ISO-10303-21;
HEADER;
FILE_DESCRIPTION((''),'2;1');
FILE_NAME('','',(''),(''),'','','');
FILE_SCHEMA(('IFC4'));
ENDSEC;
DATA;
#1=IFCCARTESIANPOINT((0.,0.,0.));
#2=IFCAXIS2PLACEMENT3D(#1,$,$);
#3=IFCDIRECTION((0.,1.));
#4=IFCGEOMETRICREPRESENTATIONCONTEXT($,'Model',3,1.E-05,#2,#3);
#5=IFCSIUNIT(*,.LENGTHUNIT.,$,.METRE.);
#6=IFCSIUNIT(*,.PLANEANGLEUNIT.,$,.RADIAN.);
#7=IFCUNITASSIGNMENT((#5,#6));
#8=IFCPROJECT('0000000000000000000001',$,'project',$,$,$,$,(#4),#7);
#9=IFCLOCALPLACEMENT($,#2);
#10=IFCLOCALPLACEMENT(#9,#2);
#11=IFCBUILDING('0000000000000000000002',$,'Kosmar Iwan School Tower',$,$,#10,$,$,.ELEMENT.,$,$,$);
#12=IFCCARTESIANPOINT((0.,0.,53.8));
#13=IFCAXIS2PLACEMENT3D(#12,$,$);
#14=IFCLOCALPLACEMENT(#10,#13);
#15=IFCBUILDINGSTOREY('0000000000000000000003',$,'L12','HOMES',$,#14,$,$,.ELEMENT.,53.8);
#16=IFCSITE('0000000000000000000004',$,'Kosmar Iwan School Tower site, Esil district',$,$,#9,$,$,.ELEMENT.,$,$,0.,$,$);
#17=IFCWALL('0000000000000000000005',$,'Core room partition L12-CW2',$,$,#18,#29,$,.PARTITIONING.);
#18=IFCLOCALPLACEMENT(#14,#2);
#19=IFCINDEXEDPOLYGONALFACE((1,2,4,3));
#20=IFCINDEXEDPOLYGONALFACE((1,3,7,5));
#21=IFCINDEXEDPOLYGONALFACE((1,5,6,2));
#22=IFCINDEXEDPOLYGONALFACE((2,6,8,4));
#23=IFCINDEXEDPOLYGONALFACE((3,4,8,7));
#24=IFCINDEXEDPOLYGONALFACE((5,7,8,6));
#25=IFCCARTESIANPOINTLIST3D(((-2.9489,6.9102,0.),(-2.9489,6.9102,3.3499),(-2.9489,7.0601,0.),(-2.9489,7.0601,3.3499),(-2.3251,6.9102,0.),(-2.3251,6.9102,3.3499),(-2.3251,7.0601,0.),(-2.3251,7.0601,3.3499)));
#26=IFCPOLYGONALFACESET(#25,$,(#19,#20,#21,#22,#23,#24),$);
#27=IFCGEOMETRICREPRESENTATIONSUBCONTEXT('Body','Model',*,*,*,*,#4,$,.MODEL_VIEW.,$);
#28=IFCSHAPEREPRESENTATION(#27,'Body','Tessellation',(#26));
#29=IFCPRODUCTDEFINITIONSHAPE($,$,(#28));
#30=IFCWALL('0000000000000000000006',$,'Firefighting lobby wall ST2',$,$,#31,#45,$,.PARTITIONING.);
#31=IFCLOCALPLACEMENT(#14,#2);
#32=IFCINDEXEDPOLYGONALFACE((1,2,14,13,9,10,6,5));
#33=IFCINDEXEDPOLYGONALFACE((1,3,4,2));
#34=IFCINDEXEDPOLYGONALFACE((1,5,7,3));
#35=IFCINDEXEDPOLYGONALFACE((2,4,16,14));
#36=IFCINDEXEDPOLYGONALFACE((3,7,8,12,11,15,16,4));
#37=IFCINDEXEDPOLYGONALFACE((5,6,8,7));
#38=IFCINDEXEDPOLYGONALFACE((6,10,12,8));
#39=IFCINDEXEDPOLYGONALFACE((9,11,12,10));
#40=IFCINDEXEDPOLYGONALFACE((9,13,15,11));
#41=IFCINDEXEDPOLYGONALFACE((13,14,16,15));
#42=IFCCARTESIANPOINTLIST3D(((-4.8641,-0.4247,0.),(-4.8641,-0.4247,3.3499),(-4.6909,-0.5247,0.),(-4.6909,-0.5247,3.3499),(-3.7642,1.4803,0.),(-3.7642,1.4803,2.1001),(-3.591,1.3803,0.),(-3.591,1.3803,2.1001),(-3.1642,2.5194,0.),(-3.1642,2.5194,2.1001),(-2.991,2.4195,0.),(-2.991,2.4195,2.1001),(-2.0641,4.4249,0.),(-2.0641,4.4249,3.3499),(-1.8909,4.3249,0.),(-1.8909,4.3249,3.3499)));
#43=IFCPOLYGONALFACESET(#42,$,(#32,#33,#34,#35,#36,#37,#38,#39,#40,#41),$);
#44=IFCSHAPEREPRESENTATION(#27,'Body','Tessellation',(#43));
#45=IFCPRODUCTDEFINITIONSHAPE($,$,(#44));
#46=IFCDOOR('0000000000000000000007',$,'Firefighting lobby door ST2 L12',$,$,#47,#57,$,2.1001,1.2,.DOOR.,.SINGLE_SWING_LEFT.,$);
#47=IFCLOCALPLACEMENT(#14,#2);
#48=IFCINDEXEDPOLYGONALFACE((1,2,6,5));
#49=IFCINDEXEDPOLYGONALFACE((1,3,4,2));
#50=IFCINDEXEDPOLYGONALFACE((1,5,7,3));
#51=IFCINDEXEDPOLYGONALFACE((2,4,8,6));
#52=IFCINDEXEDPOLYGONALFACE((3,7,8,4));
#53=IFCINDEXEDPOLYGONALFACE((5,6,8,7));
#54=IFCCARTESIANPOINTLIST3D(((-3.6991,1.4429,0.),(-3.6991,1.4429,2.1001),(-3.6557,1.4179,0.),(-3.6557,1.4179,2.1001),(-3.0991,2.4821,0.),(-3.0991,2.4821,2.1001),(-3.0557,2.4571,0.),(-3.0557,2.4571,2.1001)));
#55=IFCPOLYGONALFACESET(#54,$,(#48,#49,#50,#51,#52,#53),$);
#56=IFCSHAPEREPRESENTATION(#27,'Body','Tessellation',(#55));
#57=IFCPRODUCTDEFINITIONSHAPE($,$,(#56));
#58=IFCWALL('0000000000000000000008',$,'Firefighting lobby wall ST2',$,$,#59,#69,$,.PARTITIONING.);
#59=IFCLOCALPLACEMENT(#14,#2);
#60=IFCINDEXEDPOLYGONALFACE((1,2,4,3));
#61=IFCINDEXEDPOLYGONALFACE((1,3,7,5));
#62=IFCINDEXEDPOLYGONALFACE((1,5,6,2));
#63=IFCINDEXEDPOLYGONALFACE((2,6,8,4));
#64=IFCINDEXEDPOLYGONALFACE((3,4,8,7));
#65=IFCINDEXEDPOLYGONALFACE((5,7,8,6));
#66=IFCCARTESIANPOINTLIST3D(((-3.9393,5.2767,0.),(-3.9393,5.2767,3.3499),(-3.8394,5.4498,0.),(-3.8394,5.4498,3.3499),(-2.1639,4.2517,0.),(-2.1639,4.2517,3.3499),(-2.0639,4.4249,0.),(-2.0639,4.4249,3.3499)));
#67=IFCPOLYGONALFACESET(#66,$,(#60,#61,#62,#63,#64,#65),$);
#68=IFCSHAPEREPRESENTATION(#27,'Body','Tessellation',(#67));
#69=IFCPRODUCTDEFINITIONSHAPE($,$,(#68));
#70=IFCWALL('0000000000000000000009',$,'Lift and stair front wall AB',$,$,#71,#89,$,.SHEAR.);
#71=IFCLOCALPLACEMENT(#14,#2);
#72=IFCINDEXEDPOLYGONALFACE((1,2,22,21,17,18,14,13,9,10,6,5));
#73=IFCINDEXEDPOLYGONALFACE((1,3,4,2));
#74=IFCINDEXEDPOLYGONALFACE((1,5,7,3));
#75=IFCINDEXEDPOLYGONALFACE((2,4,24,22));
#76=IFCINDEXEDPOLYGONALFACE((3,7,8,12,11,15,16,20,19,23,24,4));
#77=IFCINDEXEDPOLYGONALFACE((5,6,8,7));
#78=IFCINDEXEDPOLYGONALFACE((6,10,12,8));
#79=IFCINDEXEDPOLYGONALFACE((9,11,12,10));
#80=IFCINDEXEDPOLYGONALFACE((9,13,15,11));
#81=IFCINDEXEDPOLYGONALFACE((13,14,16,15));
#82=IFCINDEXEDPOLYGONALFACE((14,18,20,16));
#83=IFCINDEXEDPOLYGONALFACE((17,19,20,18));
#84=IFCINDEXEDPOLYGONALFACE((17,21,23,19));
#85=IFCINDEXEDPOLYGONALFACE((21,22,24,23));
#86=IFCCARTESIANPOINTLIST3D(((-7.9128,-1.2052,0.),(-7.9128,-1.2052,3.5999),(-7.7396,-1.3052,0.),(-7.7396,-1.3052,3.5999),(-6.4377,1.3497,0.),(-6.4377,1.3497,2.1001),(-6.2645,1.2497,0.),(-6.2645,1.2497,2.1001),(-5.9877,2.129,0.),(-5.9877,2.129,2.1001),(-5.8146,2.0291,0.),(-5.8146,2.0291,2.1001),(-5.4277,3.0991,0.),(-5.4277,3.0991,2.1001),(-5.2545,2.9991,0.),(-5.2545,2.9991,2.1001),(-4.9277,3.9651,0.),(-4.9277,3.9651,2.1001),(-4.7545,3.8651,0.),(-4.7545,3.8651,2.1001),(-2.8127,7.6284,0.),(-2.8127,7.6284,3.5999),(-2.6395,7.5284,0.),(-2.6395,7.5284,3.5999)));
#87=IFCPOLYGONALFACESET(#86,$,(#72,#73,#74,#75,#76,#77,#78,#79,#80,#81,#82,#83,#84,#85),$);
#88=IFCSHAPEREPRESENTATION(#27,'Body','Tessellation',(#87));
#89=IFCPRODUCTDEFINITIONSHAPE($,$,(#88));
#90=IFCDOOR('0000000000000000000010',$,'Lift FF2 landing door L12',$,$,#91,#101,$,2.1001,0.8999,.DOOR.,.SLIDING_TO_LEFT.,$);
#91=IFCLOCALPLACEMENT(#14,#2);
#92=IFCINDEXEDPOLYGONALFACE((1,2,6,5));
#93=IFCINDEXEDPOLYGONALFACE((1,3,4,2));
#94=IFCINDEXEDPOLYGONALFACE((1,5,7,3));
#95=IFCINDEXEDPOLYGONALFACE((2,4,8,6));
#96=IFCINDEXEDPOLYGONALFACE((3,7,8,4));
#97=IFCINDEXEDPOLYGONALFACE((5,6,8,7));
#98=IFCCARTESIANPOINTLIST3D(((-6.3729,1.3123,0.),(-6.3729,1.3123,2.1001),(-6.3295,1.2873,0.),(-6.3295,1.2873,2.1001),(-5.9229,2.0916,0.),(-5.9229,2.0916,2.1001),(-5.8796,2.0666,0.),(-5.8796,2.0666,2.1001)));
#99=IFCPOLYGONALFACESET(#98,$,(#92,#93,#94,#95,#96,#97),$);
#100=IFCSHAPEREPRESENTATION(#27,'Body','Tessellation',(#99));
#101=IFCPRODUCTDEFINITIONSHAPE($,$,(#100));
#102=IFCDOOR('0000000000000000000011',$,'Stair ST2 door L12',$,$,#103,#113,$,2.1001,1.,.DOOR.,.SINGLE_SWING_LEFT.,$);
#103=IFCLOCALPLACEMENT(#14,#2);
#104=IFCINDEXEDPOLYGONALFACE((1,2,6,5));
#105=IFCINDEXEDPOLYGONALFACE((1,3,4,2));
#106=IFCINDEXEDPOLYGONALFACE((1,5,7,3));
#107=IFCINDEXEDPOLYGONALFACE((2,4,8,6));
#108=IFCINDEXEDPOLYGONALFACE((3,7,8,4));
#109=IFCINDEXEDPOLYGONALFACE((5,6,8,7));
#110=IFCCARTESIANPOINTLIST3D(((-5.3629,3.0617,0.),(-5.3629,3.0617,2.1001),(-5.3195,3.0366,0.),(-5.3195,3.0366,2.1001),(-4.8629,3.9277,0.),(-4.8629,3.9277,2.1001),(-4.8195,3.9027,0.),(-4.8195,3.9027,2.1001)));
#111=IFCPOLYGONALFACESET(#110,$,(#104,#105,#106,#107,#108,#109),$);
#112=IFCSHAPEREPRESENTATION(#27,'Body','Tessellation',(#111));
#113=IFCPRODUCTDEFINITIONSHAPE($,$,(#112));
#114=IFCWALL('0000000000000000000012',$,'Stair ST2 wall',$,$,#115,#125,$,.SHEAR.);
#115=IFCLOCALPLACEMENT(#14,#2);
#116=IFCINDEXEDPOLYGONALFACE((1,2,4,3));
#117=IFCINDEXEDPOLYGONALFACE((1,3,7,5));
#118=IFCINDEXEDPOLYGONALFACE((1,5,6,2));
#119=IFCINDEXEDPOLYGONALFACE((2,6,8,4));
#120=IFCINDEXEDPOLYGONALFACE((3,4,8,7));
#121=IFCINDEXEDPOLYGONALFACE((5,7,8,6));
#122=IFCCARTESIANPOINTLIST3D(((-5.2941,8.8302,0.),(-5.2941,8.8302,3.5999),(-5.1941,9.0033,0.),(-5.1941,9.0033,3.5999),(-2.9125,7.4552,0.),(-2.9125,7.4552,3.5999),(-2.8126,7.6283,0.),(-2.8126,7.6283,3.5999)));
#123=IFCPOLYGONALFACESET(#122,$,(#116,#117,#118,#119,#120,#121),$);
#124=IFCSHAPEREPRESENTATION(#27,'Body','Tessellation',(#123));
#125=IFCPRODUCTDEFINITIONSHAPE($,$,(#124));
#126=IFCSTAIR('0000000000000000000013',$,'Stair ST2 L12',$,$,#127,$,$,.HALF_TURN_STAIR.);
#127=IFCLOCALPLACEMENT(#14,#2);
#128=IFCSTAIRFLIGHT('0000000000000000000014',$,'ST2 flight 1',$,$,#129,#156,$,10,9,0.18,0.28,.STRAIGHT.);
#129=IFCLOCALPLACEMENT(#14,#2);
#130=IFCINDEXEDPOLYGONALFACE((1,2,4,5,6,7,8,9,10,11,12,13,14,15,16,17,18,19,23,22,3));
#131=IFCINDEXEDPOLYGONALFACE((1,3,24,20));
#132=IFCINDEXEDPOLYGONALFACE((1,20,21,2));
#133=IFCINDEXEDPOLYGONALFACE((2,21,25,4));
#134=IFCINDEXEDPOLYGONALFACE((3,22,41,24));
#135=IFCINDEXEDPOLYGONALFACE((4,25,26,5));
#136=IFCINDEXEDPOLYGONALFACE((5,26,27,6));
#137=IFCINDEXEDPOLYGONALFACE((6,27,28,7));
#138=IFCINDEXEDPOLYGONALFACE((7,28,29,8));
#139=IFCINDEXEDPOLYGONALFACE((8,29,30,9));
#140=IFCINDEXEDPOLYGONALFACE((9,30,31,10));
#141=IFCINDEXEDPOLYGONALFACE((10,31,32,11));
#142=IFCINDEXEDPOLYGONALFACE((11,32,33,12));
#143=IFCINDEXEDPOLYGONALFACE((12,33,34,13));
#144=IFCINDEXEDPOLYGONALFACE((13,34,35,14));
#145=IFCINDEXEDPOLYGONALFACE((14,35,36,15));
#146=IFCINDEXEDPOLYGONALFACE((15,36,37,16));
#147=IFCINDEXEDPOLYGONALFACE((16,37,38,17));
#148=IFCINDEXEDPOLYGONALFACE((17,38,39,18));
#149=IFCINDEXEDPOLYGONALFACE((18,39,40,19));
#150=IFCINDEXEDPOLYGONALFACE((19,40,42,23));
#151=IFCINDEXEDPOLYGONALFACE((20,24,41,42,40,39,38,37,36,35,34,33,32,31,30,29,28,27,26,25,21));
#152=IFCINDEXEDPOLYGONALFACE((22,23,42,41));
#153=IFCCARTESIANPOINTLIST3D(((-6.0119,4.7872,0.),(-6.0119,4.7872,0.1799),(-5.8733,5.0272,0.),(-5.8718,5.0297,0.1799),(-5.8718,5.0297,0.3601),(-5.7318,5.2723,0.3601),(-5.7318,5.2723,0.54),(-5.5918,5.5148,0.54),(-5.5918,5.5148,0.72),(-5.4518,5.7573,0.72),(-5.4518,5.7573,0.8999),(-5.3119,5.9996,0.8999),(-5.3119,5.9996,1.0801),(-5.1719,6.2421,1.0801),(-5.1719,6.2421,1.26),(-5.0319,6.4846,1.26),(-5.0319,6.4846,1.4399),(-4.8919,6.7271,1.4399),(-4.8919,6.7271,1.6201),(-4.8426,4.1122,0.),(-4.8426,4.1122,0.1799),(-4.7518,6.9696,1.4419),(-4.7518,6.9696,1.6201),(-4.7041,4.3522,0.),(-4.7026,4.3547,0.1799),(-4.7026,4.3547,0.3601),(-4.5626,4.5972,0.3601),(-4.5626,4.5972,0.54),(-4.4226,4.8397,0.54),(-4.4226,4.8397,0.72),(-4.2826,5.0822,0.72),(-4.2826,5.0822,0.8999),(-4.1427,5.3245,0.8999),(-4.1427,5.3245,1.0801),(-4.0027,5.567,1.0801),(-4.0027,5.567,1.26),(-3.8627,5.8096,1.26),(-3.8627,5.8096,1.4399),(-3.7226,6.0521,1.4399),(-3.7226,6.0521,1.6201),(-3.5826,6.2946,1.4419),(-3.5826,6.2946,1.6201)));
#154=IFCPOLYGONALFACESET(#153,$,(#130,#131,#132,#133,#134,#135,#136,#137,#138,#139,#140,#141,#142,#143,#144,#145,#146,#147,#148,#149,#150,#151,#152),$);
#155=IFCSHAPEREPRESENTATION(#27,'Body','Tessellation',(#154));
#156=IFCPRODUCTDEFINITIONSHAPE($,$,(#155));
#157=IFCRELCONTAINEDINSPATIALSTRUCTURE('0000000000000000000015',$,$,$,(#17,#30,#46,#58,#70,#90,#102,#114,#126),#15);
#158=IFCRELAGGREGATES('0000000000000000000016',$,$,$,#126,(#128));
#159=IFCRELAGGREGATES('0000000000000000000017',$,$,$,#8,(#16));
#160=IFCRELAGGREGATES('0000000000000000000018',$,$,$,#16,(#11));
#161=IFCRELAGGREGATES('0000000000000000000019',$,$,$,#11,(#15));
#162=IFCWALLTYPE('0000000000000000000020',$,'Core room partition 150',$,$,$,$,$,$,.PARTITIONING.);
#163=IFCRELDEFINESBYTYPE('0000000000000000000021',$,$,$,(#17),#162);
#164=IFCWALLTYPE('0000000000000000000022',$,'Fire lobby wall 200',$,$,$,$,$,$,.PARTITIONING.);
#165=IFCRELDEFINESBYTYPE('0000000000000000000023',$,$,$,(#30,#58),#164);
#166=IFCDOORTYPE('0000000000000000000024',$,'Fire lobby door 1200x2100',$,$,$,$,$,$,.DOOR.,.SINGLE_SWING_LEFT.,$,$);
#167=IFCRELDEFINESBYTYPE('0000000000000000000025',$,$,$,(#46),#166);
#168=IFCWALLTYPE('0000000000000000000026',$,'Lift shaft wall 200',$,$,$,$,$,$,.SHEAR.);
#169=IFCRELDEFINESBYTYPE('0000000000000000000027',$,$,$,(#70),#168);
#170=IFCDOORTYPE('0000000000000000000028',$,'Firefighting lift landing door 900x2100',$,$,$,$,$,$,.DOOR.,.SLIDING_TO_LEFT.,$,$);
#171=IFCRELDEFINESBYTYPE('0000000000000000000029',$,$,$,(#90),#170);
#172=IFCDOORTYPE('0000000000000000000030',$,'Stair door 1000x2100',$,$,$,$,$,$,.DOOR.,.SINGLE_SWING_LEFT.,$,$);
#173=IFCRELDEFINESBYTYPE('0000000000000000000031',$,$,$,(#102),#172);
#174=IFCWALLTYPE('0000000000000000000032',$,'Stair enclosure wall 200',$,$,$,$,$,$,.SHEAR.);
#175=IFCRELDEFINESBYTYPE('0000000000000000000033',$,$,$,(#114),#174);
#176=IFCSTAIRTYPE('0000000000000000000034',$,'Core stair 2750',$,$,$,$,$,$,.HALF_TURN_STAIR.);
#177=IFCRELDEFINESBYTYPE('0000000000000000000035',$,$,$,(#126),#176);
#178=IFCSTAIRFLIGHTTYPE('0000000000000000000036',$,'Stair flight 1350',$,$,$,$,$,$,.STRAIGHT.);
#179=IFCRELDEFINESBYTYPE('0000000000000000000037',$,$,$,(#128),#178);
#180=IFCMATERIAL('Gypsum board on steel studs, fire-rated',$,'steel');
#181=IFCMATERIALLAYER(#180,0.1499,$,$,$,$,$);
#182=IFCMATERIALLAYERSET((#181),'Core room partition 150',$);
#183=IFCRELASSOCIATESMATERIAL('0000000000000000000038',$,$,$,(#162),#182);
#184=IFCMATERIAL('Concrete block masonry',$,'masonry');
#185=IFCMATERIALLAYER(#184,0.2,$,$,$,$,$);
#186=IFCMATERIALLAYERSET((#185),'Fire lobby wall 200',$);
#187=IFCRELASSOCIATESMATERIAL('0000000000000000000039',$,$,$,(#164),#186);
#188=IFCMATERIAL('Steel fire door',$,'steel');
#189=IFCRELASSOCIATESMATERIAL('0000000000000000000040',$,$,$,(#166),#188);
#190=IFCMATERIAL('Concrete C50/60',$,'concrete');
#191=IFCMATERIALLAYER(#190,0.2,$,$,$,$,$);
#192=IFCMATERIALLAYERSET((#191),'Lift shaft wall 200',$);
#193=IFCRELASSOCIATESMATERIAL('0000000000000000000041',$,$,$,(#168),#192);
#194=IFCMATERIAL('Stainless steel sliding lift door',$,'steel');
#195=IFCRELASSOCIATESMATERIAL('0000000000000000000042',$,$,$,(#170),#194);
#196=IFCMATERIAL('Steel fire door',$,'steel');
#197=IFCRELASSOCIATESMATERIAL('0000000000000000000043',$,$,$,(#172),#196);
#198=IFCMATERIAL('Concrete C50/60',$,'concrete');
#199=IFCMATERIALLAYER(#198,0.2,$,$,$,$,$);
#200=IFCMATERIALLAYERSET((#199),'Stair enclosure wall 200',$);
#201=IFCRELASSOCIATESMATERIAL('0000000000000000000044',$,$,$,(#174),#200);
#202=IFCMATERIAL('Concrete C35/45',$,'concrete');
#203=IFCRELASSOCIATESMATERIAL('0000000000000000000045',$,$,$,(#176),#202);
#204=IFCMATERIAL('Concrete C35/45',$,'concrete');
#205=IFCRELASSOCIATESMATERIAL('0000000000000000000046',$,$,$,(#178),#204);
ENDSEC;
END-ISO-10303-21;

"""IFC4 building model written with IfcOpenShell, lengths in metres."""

from ifc_helpers import new_model, si_unit, direction, frame, frame_2d, origin, place, context, subcontext, project, spatial, polyline, rectangle, outline, extrude, material, layer, layer_set, type_object, element, fill, aggregate, save


model = new_model("IFC4")

# Units and contexts
model_context = context("Model", 3, precision=1e-05, world=origin(), true_north=direction((0.0, 1.0)))
body_context = subcontext(model_context, "Body", "Model", "MODEL_VIEW")
ifc_project = project(units=[si_unit("LENGTHUNIT", "METRE"), si_unit("PLANEANGLEUNIT", "RADIAN")], contexts=[model_context])

# Site, building, storey
site_placement = place(None, origin())
site = spatial("IfcSite", under=ifc_project, at=site_placement, Name="Kosmar Iwan School Tower site, Esil district", CompositionType="ELEMENT", RefElevation=0.0)
building_placement = place(site_placement, origin())
building = spatial("IfcBuilding", under=site, at=building_placement, Name="Kosmar Iwan School Tower", CompositionType="ELEMENT")
storey_placement = place(building_placement, frame((0.0, 0.0, 53.8)))
storey = spatial("IfcBuildingStorey", under=building, at=storey_placement, Name="L12", Description="HOMES", CompositionType="ELEMENT", Elevation=53.8)

# Wall
ifc_material_1 = material(Name="Gypsum board on steel studs, fire-rated", Category="steel")
ifc_layer_1 = layer(ifc_material_1, 0.1499)
ifc_layer_set_1 = layer_set([ifc_layer_1], Name="Core room partition 150")
wall_type_1 = type_object("IfcWallType", Name="Core room partition 150", PredefinedType="PARTITIONING", material=ifc_layer_set_1)
wall_1_placement = place(storey_placement, frame((-2.325, 6.9851, 0.0), z_axis=(0.0, 0.0, 1.0), x_axis=(-1.0, 0.0, 0.0)))
element("IfcWall", 1, at=wall_1_placement, inside=storey, type_object=wall_type_1, Name="Core room partition L12-CW2", PredefinedType="PARTITIONING", context=body_context, shape_type="SweptSolid", body=[
    extrude(rectangle(XDim=0.6238, YDim=0.1499, at=frame_2d((0.312, 0.0))), origin(), (0.0, 0.0, 1.0), 3.3499),
])

# Wall, opening, door
ifc_material_2 = material(Name="Concrete block masonry", Category="masonry")
ifc_layer_2 = layer(ifc_material_2, 0.2)
ifc_layer_set_2 = layer_set([ifc_layer_2], Name="Fire lobby wall 200")
wall_type_2 = type_object("IfcWallType", Name="Fire lobby wall 200", PredefinedType="PARTITIONING", material=ifc_layer_set_2)
wall_2_placement = place(storey_placement, frame((-1.9775, 4.3748, 0.0), z_axis=(0.0, 0.0, 1.0), x_axis=(-0.500017, -0.866016, 0.0)))
wall_2 = element("IfcWall", 2, at=wall_2_placement, inside=storey, type_object=wall_type_2, Name="Firefighting lobby wall ST2", PredefinedType="PARTITIONING", context=body_context, shape_type="SweptSolid", body=[
    extrude(rectangle(XDim=5.5999, YDim=0.2, at=frame_2d((2.7998, 0.0))), origin(), (0.0, 0.0, 1.0), 3.3499),
])
opening_1_placement = place(wall_2_placement, frame((2.2, 0.0, 0.0)))
opening_1 = element("IfcOpeningElement", 3, at=opening_1_placement, cuts=wall_2, PredefinedType="OPENING", context=body_context, shape_type="SweptSolid", body=[
    extrude(rectangle(XDim=1.2, YDim=2.1001, at=frame_2d((0.6001, 1.05))), frame((0.0, 0.1121, 0.0), z_axis=(0.0, -1.0, 0.0), x_axis=(1.0, 0.0, 0.0)), (0.0, 0.0, 1.0), 0.2239),
])
ifc_material_3 = material(Name="Steel fire door", Category="steel")
door_type_1 = type_object("IfcDoorType", Name="Fire lobby door 1200x2100", OperationType="SINGLE_SWING_LEFT", PredefinedType="DOOR", material=ifc_material_3)
door_1_placement = place(opening_1_placement, frame((1.2, 0.0, 0.0), z_axis=(0.0, 0.0, 1.0), x_axis=(-1.0, 0.0, 0.0)))
door_1 = element("IfcDoor", 4, at=door_1_placement, inside=storey, type_object=door_type_1, Name="Firefighting lobby door ST2 L12", OperationType="SINGLE_SWING_LEFT", OverallHeight=2.1001, OverallWidth=1.2, PredefinedType="DOOR", context=body_context, shape_type="SweptSolid", body=[
    extrude(rectangle(XDim=1.2, YDim=2.1001, at=frame_2d((0.6001, 1.05))), frame((0.0, 0.0249, 0.0), z_axis=(0.0, -1.0, 0.0), x_axis=(1.0, 0.0, 0.0)), (0.0, 0.0, 1.0), 0.05),
])
fill(opening_1, door_1)

# Wall
wall_3_placement = place(storey_placement, frame((-2.114, 4.3384, 0.0), z_axis=(0.0, 0.0, 1.0), x_axis=(-0.866051, 0.499956, 0.0)))
element("IfcWall", 5, at=wall_3_placement, inside=storey, type_object=wall_type_2, Name="Firefighting lobby wall ST2", PredefinedType="PARTITIONING", context=body_context, shape_type="SweptSolid", body=[
    extrude(rectangle(XDim=2.05, YDim=0.2, at=frame_2d((1.0249, 0.0))), origin(), (0.0, 0.0, 1.0), 3.3499),
])

# Wall, openings, doors
ifc_material_4 = material(Name="Concrete C50/60", Category="concrete")
ifc_layer_3 = layer(ifc_material_4, 0.2)
ifc_layer_set_3 = layer_set([ifc_layer_3], Name="Lift shaft wall 200")
wall_type_3 = type_object("IfcWallType", Name="Lift shaft wall 200", PredefinedType="SHEAR", material=ifc_layer_set_3)
wall_4_placement = place(storey_placement, frame((-2.7261, 7.5784, 0.0), z_axis=(0.0, 0.0, 1.0), x_axis=(-0.500006, -0.866022, 0.0)))
wall_4 = element("IfcWall", 6, at=wall_4_placement, inside=storey, type_object=wall_type_3, Name="Lift and stair front wall AB", PredefinedType="SHEAR", context=body_context, shape_type="SweptSolid", body=[
    extrude(rectangle(XDim=10.2002, YDim=0.2, at=frame_2d((5.1001, 0.0))), origin(), (0.0, 0.0, 1.0), 3.5999),
])
opening_2_placement = place(wall_4_placement, frame((6.3501, 0.0, 0.0)))
opening_2 = element("IfcOpeningElement", 7, at=opening_2_placement, cuts=wall_4, PredefinedType="OPENING", context=body_context, shape_type="SweptSolid", body=[
    extrude(rectangle(XDim=0.8999, YDim=2.1001, at=frame_2d((0.45, 1.05))), frame((0.0, 0.1121, 0.0), z_axis=(0.0, -1.0, 0.0), x_axis=(1.0, 0.0, 0.0)), (0.0, 0.0, 1.0), 0.2239),
])
opening_3_placement = place(wall_4_placement, frame((4.23, 0.0, 0.0)))
opening_3 = element("IfcOpeningElement", 8, at=opening_3_placement, cuts=wall_4, PredefinedType="OPENING", context=body_context, shape_type="SweptSolid", body=[
    extrude(rectangle(XDim=1.0, YDim=2.1001, at=frame_2d((0.5, 1.05))), frame((0.0, 0.1121, 0.0), z_axis=(0.0, -1.0, 0.0), x_axis=(1.0, 0.0, 0.0)), (0.0, 0.0, 1.0), 0.2239),
])
ifc_material_5 = material(Name="Stainless steel sliding lift door", Category="steel")
door_type_2 = type_object("IfcDoorType", Name="Firefighting lift landing door 900x2100", OperationType="SLIDING_TO_LEFT", PredefinedType="DOOR", material=ifc_material_5)
door_2_placement = place(opening_2_placement, origin())
door_2 = element("IfcDoor", 9, at=door_2_placement, inside=storey, type_object=door_type_2, Name="Lift FF2 landing door L12", OperationType="SLIDING_TO_LEFT", OverallHeight=2.1001, OverallWidth=0.8999, PredefinedType="DOOR", context=body_context, shape_type="SweptSolid", body=[
    extrude(rectangle(XDim=0.8999, YDim=2.1001, at=frame_2d((0.45, 1.05))), frame((0.0, 0.0249, 0.0), z_axis=(0.0, -1.0, 0.0), x_axis=(1.0, 0.0, 0.0)), (0.0, 0.0, 1.0), 0.05),
])
fill(opening_2, door_2)
ifc_material_6 = material(Name="Steel fire door", Category="steel")
door_type_3 = type_object("IfcDoorType", Name="Stair door 1000x2100", OperationType="SINGLE_SWING_LEFT", PredefinedType="DOOR", material=ifc_material_6)
door_3_placement = place(opening_3_placement, origin())
door_3 = element("IfcDoor", 10, at=door_3_placement, inside=storey, type_object=door_type_3, Name="Stair ST2 door L12", OperationType="SINGLE_SWING_LEFT", OverallHeight=2.1001, OverallWidth=1.0, PredefinedType="DOOR", context=body_context, shape_type="SweptSolid", body=[
    extrude(rectangle(XDim=1.0, YDim=2.1001, at=frame_2d((0.5, 1.05))), frame((0.0, 0.0249, 0.0), z_axis=(0.0, -1.0, 0.0), x_axis=(1.0, 0.0, 0.0)), (0.0, 0.0, 1.0), 0.05),
])
fill(opening_3, door_3)

# Wall
ifc_material_7 = material(Name="Concrete C50/60", Category="concrete")
ifc_layer_4 = layer(ifc_material_7, 0.2)
ifc_layer_set_4 = layer_set([ifc_layer_4], Name="Stair enclosure wall 200")
wall_type_4 = type_object("IfcWallType", Name="Stair enclosure wall 200", PredefinedType="SHEAR", material=ifc_layer_set_4)
wall_5_placement = place(storey_placement, frame((-2.8625, 7.5417, 0.0), z_axis=(0.0, 0.0, 1.0), x_axis=(-0.866027, 0.499997, 0.0)))
element("IfcWall", 11, at=wall_5_placement, inside=storey, type_object=wall_type_4, Name="Stair ST2 wall", PredefinedType="SHEAR", context=body_context, shape_type="SweptSolid", body=[
    extrude(rectangle(XDim=2.75, YDim=0.2, at=frame_2d((1.375, 0.0))), origin(), (0.0, 0.0, 1.0), 3.5999),
])

# Stair, stair flight
ifc_material_8 = material(Name="Concrete C35/45", Category="concrete")
stair_type = type_object("IfcStairType", Name="Core stair 2750", PredefinedType="HALF_TURN_STAIR", material=ifc_material_8)
stair_placement = place(storey_placement, origin())
stair = element("IfcStair", 12, at=stair_placement, inside=storey, type_object=stair_type, Name="Stair ST2 L12", PredefinedType="HALF_TURN_STAIR")
ifc_material_9 = material(Name="Concrete C35/45", Category="concrete")
stair_flight_type = type_object("IfcStairFlightType", Name="Stair flight 1350", PredefinedType="STRAIGHT", material=ifc_material_9)
stair_flight_1_placement = place(storey_placement, frame((-5.4272, 4.4497, 0.0), z_axis=(0.0, 0.0, 1.0), x_axis=(0.5, 0.866025, 0.0)))
stair_flight_1 = element("IfcStairFlight", 13, at=stair_flight_1_placement, type_object=stair_flight_type, Name="ST2 flight 1", NumberOfRisers=10, NumberOfTreads=9, PredefinedType="STRAIGHT", RiserHeight=0.18, TreadLength=0.28, context=body_context, shape_type="SweptSolid", body=[
    extrude(outline(polyline([(0.0, 0.0), (0.0, 0.1799), (0.28, 0.1799), (0.28, 0.3601), (0.5601, 0.3601), (0.5601, 0.54), (0.8401, 0.54), (0.8401, 0.72), (1.1201, 0.72), (1.1201, 0.8999), (1.3999, 0.8999), (1.3999, 1.0801), (1.6799, 1.0801), (1.6799, 1.26), (1.96, 1.26), (1.96, 1.4399), (2.24, 1.4399), (2.24, 1.6201), (2.52, 1.6201), (2.52, 1.8), (2.52, 1.4419), (0.2771, 0.0), (0.0, 0.0)])), frame((0.0, 0.675, 0.0), z_axis=(0.0, -1.0, 0.0), x_axis=(1.0, 0.0, 0.0)), (0.0, 0.0, 1.0), 1.3501),
])
aggregate(stair, [stair_flight_1])

save(model, "model.ifc")
